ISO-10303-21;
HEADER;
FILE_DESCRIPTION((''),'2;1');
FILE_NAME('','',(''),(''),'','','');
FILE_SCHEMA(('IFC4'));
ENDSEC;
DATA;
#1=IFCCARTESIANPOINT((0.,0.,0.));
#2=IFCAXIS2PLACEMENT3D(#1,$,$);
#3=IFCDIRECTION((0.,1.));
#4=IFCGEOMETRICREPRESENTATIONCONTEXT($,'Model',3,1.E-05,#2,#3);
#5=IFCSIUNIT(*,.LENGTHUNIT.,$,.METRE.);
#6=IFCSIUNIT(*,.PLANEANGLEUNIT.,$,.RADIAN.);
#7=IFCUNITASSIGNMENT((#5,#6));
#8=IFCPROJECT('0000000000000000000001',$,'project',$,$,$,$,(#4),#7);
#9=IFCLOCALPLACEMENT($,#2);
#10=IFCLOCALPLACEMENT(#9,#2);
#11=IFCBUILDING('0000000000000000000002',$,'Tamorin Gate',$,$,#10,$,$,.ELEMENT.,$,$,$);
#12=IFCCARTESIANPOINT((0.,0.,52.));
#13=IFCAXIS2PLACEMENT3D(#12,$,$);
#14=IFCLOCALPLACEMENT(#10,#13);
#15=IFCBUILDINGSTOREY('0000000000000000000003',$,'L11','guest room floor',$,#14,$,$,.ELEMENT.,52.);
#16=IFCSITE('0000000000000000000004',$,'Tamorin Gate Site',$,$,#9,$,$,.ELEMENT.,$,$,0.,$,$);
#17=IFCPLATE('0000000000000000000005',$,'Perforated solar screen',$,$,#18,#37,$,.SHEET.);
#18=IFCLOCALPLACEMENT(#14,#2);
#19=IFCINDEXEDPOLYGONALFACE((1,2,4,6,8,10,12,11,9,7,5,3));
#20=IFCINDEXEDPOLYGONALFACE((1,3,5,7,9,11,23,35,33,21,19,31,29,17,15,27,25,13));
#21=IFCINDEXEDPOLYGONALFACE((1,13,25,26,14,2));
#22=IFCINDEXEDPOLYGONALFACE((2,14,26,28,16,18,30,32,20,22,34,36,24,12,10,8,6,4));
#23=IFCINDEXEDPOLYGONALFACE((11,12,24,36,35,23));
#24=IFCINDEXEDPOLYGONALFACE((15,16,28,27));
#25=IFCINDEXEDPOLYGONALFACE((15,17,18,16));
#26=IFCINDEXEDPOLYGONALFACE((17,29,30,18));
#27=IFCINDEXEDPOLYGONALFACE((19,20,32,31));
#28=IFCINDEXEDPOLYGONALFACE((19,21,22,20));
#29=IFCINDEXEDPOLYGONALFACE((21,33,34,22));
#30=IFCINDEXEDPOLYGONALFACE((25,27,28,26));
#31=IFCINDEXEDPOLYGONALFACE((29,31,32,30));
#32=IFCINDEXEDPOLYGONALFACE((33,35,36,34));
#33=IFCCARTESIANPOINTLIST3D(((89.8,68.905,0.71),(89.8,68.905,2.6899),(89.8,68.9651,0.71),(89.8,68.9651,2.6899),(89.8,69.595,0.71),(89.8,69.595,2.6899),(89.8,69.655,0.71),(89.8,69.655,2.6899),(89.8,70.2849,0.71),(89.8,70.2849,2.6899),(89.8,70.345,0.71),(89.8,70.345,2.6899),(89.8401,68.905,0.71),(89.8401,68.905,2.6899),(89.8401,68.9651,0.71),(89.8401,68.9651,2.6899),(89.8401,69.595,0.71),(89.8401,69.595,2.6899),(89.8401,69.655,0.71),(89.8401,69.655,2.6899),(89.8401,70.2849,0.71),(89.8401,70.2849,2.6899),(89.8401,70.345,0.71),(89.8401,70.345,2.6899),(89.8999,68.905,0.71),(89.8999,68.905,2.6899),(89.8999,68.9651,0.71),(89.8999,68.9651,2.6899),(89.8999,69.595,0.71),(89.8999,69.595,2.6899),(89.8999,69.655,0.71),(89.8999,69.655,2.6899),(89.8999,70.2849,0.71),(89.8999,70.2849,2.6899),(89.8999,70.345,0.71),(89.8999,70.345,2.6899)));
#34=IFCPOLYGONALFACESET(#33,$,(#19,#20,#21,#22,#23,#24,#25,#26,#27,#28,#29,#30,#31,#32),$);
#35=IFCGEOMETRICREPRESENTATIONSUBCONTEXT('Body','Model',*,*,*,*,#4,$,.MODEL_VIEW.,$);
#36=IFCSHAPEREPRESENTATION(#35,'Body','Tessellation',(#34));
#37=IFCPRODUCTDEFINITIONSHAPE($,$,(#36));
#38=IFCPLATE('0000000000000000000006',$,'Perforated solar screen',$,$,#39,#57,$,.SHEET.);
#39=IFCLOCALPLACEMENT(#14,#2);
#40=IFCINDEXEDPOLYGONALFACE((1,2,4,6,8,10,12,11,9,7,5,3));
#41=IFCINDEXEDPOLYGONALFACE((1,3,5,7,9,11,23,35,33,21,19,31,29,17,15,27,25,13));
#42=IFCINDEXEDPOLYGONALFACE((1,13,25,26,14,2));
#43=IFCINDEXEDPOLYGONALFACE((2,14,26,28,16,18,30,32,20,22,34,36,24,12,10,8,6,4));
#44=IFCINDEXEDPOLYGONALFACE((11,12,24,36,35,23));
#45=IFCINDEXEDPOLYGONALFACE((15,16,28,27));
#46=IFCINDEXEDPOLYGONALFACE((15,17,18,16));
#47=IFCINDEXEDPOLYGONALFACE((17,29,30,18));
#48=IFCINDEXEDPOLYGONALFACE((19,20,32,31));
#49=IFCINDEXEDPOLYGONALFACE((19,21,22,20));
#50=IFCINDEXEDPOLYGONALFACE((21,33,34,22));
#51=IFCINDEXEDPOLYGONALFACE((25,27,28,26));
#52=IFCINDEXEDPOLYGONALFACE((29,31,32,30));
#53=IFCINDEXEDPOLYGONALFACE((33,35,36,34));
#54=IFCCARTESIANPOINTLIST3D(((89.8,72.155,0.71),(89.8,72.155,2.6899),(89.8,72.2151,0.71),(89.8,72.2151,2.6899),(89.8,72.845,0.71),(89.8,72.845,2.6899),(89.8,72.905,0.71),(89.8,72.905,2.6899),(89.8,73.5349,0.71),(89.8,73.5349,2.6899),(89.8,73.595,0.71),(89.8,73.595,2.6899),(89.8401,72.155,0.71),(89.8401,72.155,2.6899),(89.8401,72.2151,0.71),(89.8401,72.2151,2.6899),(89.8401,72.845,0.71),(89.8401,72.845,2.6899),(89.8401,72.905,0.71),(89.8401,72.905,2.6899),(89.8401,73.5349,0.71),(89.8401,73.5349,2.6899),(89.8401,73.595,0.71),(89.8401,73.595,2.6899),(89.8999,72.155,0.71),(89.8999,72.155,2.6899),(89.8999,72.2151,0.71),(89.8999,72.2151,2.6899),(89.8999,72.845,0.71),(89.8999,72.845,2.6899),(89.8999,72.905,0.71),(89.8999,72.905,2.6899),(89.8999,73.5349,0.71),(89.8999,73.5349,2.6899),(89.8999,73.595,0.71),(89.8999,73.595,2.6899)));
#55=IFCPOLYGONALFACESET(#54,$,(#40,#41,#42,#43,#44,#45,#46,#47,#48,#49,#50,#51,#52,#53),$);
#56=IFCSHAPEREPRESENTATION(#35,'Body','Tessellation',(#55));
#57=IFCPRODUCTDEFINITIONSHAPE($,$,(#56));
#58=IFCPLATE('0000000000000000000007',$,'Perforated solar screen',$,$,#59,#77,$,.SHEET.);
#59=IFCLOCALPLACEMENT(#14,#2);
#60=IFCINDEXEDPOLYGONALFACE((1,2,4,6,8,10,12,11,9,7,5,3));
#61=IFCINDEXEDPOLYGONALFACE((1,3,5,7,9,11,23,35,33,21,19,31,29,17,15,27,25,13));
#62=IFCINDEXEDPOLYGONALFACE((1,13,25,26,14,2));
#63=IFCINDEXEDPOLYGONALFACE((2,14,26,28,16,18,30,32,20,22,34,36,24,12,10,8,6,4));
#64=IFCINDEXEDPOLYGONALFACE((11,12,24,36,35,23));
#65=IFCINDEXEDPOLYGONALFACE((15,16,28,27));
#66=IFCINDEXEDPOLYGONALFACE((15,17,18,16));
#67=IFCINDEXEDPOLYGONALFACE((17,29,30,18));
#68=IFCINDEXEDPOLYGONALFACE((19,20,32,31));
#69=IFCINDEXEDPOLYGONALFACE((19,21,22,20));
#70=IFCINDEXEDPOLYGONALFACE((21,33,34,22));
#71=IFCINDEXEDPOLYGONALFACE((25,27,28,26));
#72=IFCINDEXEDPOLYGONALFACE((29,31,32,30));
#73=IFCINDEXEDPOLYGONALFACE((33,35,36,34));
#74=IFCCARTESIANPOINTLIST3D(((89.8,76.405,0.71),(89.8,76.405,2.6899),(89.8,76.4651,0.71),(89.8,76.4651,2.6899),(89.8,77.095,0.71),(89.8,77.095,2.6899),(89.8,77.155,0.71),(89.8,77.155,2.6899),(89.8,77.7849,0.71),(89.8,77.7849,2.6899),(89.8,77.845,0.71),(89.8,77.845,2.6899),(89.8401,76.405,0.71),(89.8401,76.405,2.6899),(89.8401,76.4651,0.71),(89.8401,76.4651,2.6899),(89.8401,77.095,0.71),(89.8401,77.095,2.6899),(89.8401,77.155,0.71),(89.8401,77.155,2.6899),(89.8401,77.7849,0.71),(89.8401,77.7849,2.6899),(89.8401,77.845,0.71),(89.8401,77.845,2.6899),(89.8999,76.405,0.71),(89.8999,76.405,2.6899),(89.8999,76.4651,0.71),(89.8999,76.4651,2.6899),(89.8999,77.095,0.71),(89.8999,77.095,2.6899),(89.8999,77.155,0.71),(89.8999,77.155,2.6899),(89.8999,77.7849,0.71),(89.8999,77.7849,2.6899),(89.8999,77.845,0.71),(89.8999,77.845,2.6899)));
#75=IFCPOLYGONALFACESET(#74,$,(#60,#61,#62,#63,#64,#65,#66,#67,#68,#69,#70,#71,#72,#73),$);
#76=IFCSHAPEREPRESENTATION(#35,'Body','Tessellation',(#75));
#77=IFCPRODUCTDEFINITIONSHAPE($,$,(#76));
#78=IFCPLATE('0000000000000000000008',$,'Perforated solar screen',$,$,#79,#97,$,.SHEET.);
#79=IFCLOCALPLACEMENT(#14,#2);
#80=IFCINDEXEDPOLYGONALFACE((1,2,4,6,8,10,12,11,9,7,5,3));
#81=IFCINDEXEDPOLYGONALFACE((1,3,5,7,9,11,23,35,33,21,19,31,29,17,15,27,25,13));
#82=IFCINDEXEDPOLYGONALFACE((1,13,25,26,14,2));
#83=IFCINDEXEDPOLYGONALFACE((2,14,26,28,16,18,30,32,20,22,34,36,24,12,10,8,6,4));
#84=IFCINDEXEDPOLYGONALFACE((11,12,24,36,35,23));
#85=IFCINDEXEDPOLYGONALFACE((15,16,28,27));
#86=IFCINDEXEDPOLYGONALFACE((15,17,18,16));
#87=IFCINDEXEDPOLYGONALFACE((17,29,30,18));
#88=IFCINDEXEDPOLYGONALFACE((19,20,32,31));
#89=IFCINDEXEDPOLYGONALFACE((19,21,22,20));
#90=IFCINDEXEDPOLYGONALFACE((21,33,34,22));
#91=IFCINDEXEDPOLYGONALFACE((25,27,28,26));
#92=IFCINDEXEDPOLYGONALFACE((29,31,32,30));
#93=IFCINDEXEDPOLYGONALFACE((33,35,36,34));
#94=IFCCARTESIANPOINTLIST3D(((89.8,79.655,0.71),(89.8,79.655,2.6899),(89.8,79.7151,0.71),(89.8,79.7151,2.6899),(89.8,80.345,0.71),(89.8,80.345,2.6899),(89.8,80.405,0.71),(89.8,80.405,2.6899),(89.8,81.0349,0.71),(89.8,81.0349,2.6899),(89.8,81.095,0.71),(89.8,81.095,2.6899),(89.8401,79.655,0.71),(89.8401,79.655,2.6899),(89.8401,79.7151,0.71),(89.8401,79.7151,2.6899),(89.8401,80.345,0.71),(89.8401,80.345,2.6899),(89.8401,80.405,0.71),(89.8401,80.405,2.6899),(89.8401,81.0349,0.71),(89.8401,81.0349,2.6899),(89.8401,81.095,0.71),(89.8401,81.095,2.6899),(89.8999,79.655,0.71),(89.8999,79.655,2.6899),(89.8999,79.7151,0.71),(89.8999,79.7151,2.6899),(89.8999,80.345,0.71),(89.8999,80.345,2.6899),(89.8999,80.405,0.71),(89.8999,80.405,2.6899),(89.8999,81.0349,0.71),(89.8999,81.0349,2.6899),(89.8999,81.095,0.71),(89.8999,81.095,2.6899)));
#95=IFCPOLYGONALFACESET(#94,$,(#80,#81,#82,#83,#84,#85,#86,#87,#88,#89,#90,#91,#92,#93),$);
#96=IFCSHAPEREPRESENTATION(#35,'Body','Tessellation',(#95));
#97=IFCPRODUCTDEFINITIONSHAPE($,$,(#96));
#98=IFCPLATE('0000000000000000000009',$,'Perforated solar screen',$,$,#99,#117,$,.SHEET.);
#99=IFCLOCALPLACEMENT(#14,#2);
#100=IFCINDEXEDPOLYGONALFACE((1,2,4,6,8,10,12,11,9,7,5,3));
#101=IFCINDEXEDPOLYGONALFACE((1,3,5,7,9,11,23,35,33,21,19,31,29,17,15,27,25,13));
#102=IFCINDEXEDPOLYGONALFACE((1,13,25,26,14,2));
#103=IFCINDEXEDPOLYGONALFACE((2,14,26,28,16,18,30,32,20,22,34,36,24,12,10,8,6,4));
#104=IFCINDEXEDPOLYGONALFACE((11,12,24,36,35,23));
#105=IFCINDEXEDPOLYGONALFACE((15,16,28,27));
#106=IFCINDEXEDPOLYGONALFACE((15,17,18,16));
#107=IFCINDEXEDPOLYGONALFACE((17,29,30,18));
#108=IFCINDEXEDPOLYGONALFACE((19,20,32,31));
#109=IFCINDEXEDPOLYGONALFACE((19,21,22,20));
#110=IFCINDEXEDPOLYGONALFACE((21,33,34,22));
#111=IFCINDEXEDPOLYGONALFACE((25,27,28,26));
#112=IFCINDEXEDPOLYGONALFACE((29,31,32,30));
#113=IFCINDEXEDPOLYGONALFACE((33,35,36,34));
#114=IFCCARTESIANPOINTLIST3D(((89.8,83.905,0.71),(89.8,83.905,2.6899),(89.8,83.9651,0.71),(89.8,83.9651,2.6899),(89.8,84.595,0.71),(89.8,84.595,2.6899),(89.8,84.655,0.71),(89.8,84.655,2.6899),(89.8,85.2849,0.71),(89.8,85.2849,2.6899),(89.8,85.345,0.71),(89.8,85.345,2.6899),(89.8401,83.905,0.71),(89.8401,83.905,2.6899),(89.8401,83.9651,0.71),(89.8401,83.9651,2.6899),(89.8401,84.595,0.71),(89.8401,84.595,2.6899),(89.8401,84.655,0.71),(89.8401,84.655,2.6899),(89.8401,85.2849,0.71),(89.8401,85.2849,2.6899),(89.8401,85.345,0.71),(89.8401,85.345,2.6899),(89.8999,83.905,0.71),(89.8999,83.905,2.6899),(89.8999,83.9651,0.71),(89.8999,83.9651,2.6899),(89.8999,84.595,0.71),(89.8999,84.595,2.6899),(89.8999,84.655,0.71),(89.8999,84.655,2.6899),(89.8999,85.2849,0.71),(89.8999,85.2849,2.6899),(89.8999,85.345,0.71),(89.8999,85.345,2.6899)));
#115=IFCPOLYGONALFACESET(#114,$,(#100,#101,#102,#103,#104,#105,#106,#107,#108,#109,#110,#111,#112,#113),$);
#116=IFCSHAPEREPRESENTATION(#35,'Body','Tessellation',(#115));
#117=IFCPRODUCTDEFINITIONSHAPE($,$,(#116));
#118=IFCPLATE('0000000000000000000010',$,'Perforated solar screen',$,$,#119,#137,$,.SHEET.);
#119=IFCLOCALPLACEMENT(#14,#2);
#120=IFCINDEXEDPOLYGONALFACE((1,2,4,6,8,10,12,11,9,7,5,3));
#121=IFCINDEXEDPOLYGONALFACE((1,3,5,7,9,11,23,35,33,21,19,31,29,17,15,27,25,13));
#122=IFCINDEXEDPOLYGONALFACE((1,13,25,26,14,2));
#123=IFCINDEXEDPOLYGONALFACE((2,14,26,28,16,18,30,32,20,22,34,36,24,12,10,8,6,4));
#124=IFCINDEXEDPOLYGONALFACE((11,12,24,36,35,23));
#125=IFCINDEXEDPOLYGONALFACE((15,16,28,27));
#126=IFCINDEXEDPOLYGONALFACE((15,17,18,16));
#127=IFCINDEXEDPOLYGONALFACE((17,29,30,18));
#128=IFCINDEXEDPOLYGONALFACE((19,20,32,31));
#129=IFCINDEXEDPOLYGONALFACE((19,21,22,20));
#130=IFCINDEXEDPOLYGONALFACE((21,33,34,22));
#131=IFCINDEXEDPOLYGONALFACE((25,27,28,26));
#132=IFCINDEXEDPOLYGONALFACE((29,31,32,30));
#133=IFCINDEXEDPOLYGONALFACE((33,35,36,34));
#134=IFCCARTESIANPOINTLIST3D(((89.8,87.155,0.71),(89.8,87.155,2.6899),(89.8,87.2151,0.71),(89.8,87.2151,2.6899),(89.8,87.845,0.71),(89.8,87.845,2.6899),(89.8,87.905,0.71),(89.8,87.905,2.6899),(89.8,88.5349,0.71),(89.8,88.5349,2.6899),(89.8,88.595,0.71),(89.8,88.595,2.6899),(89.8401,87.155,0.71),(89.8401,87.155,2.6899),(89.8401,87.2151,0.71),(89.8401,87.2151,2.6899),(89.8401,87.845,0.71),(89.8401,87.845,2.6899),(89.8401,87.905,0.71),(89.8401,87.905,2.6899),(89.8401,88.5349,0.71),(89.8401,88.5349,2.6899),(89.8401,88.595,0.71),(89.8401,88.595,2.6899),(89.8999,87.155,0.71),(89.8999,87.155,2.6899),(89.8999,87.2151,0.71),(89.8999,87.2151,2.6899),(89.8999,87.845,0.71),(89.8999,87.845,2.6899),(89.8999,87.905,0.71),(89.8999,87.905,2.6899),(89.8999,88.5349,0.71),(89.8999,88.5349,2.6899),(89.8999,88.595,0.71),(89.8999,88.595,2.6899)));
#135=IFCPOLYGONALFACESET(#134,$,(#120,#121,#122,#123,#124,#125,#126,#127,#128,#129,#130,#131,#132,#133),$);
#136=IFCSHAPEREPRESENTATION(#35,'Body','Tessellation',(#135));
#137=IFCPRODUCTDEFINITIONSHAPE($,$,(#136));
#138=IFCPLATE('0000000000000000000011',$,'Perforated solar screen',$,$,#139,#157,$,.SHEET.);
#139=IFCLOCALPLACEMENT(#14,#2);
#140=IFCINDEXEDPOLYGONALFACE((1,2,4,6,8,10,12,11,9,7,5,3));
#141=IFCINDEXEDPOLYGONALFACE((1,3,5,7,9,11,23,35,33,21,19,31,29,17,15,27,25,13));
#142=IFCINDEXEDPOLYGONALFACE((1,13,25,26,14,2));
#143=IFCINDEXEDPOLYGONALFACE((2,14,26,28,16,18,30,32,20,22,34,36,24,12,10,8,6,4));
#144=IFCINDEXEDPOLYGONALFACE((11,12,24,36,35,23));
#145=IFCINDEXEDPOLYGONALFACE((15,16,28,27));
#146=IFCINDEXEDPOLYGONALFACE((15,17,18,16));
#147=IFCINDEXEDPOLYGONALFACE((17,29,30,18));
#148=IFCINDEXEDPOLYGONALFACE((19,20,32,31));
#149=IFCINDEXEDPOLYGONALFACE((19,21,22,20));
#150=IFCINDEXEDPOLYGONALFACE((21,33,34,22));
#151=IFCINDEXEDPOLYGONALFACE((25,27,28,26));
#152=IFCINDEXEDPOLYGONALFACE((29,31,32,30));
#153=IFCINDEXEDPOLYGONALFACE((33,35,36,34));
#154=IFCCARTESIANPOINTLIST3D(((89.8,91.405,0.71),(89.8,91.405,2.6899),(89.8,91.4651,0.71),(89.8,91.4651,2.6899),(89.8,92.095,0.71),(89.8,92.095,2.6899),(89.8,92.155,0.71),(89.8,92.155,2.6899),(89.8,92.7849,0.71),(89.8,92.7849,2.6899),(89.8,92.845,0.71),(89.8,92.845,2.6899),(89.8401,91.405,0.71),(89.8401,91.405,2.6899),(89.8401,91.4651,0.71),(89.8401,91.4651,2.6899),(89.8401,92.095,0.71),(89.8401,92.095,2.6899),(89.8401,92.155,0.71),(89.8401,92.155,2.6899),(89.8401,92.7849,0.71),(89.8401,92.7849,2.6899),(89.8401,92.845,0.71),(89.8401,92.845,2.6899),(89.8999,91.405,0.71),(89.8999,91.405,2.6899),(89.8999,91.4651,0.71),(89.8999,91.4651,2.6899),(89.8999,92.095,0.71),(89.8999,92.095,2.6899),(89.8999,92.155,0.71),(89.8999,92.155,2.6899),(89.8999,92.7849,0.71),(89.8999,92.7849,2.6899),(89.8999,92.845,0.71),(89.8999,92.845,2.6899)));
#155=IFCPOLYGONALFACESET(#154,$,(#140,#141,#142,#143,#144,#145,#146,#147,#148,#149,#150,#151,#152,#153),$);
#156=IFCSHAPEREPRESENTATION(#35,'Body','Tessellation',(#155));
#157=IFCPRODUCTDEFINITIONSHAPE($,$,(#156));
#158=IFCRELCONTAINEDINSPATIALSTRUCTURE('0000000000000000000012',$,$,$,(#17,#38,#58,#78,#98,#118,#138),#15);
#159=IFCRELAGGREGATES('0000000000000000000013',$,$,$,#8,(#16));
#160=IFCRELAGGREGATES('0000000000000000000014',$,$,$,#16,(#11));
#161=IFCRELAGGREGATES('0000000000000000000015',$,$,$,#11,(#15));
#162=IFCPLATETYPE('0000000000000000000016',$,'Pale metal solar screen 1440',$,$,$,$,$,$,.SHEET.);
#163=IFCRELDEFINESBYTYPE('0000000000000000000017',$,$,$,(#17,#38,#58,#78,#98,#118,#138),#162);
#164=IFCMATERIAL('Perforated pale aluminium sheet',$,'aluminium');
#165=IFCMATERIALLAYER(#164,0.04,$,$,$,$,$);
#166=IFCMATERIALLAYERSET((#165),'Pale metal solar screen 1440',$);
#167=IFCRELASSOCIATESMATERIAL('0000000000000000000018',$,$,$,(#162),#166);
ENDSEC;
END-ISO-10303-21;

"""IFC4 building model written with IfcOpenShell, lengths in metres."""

from ifc_helpers import new_model, si_unit, direction, frame, origin, place, context, subcontext, project, spatial, polyline, outline, extrude, material, layer, layer_set, type_object, element, save


model = new_model("IFC4")

# Units and contexts
model_context = context("Model", 3, precision=1e-05, world=origin(), true_north=direction((0.0, 1.0)))
body_context = subcontext(model_context, "Body", "Model", "MODEL_VIEW")
ifc_project = project(units=[si_unit("LENGTHUNIT", "METRE"), si_unit("PLANEANGLEUNIT", "RADIAN")], contexts=[model_context])

# Site, building, storey
site_placement = place(None, origin())
site = spatial("IfcSite", under=ifc_project, at=site_placement, Name="Tamorin Gate Site", CompositionType="ELEMENT", RefElevation=0.0)
building_placement = place(site_placement, origin())
building = spatial("IfcBuilding", under=site, at=building_placement, Name="Tamorin Gate", CompositionType="ELEMENT")
storey_placement = place(building_placement, frame((0.0, 0.0, 52.0)))
storey = spatial("IfcBuildingStorey", under=building, at=storey_placement, Name="L11", Description="guest room floor", CompositionType="ELEMENT", Elevation=52.0)

# Plates
ifc_material = material(Name="Perforated pale aluminium sheet", Category="aluminium")
ifc_layer = layer(ifc_material, 0.04)
ifc_layer_set = layer_set([ifc_layer], Name="Pale metal solar screen 1440")
plate_type = type_object("IfcPlateType", Name="Pale metal solar screen 1440", PredefinedType="SHEET", material=ifc_layer_set)
plate_1_placement = place(storey_placement, frame((0.0, 0.0, 0.71)))
element("IfcPlate", 1, at=plate_1_placement, inside=storey, type_object=plate_type, Name="Perforated solar screen", PredefinedType="SHEET", context=body_context, shape_type="SweptSolid", body=[
    extrude(outline(polyline([(89.8401, 68.905), (89.8, 68.905), (89.8, 68.9651), (89.8, 69.595), (89.8, 69.655), (89.8, 70.2849), (89.8, 70.345), (89.8401, 70.345), (89.8999, 70.345), (89.8999, 70.2849), (89.8401, 70.2849), (89.8401, 69.655), (89.8999, 69.655), (89.8999, 69.595), (89.8401, 69.595), (89.8401, 68.9651), (89.8999, 68.9651), (89.8999, 68.905), (89.8401, 68.905)])), origin(), (0.0, 0.0, 1.0), 1.98),
])
plate_2_placement = place(storey_placement, frame((0.0, 0.0, 0.71)))
element("IfcPlate", 2, at=plate_2_placement, inside=storey, type_object=plate_type, Name="Perforated solar screen", PredefinedType="SHEET", context=body_context, shape_type="SweptSolid", body=[
    extrude(outline(polyline([(89.8401, 72.155), (89.8, 72.155), (89.8, 72.2151), (89.8, 72.845), (89.8, 72.905), (89.8, 73.5349), (89.8, 73.595), (89.8401, 73.595), (89.8999, 73.595), (89.8999, 73.5349), (89.8401, 73.5349), (89.8401, 72.905), (89.8999, 72.905), (89.8999, 72.845), (89.8401, 72.845), (89.8401, 72.2151), (89.8999, 72.2151), (89.8999, 72.155), (89.8401, 72.155)])), origin(), (0.0, 0.0, 1.0), 1.98),
])
plate_3_placement = place(storey_placement, frame((0.0, 0.0, 0.71)))
element("IfcPlate", 3, at=plate_3_placement, inside=storey, type_object=plate_type, Name="Perforated solar screen", PredefinedType="SHEET", context=body_context, shape_type="SweptSolid", body=[
    extrude(outline(polyline([(89.8401, 76.405), (89.8, 76.405), (89.8, 76.4651), (89.8, 77.095), (89.8, 77.155), (89.8, 77.7849), (89.8, 77.845), (89.8401, 77.845), (89.8999, 77.845), (89.8999, 77.7849), (89.8401, 77.7849), (89.8401, 77.155), (89.8999, 77.155), (89.8999, 77.095), (89.8401, 77.095), (89.8401, 76.4651), (89.8999, 76.4651), (89.8999, 76.405), (89.8401, 76.405)])), origin(), (0.0, 0.0, 1.0), 1.98),
])
plate_4_placement = place(storey_placement, frame((0.0, 0.0, 0.71)))
element("IfcPlate", 4, at=plate_4_placement, inside=storey, type_object=plate_type, Name="Perforated solar screen", PredefinedType="SHEET", context=body_context, shape_type="SweptSolid", body=[
    extrude(outline(polyline([(89.8401, 79.655), (89.8, 79.655), (89.8, 79.7151), (89.8, 80.345), (89.8, 80.405), (89.8, 81.0349), (89.8, 81.095), (89.8401, 81.095), (89.8999, 81.095), (89.8999, 81.0349), (89.8401, 81.0349), (89.8401, 80.405), (89.8999, 80.405), (89.8999, 80.345), (89.8401, 80.345), (89.8401, 79.7151), (89.8999, 79.7151), (89.8999, 79.655), (89.8401, 79.655)])), origin(), (0.0, 0.0, 1.0), 1.98),
])
plate_5_placement = place(storey_placement, frame((0.0, 0.0, 0.71)))
element("IfcPlate", 5, at=plate_5_placement, inside=storey, type_object=plate_type, Name="Perforated solar screen", PredefinedType="SHEET", context=body_context, shape_type="SweptSolid", body=[
    extrude(outline(polyline([(89.8401, 83.905), (89.8, 83.905), (89.8, 83.9651), (89.8, 84.595), (89.8, 84.655), (89.8, 85.2849), (89.8, 85.345), (89.8401, 85.345), (89.8999, 85.345), (89.8999, 85.2849), (89.8401, 85.2849), (89.8401, 84.655), (89.8999, 84.655), (89.8999, 84.595), (89.8401, 84.595), (89.8401, 83.9651), (89.8999, 83.9651), (89.8999, 83.905), (89.8401, 83.905)])), origin(), (0.0, 0.0, 1.0), 1.98),
])
plate_6_placement = place(storey_placement, frame((0.0, 0.0, 0.71)))
element("IfcPlate", 6, at=plate_6_placement, inside=storey, type_object=plate_type, Name="Perforated solar screen", PredefinedType="SHEET", context=body_context, shape_type="SweptSolid", body=[
    extrude(outline(polyline([(89.8401, 87.155), (89.8, 87.155), (89.8, 87.2151), (89.8, 87.845), (89.8, 87.905), (89.8, 88.5349), (89.8, 88.595), (89.8401, 88.595), (89.8999, 88.595), (89.8999, 88.5349), (89.8401, 88.5349), (89.8401, 87.905), (89.8999, 87.905), (89.8999, 87.845), (89.8401, 87.845), (89.8401, 87.2151), (89.8999, 87.2151), (89.8999, 87.155), (89.8401, 87.155)])), origin(), (0.0, 0.0, 1.0), 1.98),
])
plate_7_placement = place(storey_placement, frame((0.0, 0.0, 0.71)))
element("IfcPlate", 7, at=plate_7_placement, inside=storey, type_object=plate_type, Name="Perforated solar screen", PredefinedType="SHEET", context=body_context, shape_type="SweptSolid", body=[
    extrude(outline(polyline([(89.8401, 91.405), (89.8, 91.405), (89.8, 91.4651), (89.8, 92.095), (89.8, 92.155), (89.8, 92.7849), (89.8, 92.845), (89.8401, 92.845), (89.8999, 92.845), (89.8999, 92.7849), (89.8401, 92.7849), (89.8401, 92.155), (89.8999, 92.155), (89.8999, 92.095), (89.8401, 92.095), (89.8401, 91.4651), (89.8999, 91.4651), (89.8999, 91.405), (89.8401, 91.405)])), origin(), (0.0, 0.0, 1.0), 1.98),
])

save(model, "model.ifc")
